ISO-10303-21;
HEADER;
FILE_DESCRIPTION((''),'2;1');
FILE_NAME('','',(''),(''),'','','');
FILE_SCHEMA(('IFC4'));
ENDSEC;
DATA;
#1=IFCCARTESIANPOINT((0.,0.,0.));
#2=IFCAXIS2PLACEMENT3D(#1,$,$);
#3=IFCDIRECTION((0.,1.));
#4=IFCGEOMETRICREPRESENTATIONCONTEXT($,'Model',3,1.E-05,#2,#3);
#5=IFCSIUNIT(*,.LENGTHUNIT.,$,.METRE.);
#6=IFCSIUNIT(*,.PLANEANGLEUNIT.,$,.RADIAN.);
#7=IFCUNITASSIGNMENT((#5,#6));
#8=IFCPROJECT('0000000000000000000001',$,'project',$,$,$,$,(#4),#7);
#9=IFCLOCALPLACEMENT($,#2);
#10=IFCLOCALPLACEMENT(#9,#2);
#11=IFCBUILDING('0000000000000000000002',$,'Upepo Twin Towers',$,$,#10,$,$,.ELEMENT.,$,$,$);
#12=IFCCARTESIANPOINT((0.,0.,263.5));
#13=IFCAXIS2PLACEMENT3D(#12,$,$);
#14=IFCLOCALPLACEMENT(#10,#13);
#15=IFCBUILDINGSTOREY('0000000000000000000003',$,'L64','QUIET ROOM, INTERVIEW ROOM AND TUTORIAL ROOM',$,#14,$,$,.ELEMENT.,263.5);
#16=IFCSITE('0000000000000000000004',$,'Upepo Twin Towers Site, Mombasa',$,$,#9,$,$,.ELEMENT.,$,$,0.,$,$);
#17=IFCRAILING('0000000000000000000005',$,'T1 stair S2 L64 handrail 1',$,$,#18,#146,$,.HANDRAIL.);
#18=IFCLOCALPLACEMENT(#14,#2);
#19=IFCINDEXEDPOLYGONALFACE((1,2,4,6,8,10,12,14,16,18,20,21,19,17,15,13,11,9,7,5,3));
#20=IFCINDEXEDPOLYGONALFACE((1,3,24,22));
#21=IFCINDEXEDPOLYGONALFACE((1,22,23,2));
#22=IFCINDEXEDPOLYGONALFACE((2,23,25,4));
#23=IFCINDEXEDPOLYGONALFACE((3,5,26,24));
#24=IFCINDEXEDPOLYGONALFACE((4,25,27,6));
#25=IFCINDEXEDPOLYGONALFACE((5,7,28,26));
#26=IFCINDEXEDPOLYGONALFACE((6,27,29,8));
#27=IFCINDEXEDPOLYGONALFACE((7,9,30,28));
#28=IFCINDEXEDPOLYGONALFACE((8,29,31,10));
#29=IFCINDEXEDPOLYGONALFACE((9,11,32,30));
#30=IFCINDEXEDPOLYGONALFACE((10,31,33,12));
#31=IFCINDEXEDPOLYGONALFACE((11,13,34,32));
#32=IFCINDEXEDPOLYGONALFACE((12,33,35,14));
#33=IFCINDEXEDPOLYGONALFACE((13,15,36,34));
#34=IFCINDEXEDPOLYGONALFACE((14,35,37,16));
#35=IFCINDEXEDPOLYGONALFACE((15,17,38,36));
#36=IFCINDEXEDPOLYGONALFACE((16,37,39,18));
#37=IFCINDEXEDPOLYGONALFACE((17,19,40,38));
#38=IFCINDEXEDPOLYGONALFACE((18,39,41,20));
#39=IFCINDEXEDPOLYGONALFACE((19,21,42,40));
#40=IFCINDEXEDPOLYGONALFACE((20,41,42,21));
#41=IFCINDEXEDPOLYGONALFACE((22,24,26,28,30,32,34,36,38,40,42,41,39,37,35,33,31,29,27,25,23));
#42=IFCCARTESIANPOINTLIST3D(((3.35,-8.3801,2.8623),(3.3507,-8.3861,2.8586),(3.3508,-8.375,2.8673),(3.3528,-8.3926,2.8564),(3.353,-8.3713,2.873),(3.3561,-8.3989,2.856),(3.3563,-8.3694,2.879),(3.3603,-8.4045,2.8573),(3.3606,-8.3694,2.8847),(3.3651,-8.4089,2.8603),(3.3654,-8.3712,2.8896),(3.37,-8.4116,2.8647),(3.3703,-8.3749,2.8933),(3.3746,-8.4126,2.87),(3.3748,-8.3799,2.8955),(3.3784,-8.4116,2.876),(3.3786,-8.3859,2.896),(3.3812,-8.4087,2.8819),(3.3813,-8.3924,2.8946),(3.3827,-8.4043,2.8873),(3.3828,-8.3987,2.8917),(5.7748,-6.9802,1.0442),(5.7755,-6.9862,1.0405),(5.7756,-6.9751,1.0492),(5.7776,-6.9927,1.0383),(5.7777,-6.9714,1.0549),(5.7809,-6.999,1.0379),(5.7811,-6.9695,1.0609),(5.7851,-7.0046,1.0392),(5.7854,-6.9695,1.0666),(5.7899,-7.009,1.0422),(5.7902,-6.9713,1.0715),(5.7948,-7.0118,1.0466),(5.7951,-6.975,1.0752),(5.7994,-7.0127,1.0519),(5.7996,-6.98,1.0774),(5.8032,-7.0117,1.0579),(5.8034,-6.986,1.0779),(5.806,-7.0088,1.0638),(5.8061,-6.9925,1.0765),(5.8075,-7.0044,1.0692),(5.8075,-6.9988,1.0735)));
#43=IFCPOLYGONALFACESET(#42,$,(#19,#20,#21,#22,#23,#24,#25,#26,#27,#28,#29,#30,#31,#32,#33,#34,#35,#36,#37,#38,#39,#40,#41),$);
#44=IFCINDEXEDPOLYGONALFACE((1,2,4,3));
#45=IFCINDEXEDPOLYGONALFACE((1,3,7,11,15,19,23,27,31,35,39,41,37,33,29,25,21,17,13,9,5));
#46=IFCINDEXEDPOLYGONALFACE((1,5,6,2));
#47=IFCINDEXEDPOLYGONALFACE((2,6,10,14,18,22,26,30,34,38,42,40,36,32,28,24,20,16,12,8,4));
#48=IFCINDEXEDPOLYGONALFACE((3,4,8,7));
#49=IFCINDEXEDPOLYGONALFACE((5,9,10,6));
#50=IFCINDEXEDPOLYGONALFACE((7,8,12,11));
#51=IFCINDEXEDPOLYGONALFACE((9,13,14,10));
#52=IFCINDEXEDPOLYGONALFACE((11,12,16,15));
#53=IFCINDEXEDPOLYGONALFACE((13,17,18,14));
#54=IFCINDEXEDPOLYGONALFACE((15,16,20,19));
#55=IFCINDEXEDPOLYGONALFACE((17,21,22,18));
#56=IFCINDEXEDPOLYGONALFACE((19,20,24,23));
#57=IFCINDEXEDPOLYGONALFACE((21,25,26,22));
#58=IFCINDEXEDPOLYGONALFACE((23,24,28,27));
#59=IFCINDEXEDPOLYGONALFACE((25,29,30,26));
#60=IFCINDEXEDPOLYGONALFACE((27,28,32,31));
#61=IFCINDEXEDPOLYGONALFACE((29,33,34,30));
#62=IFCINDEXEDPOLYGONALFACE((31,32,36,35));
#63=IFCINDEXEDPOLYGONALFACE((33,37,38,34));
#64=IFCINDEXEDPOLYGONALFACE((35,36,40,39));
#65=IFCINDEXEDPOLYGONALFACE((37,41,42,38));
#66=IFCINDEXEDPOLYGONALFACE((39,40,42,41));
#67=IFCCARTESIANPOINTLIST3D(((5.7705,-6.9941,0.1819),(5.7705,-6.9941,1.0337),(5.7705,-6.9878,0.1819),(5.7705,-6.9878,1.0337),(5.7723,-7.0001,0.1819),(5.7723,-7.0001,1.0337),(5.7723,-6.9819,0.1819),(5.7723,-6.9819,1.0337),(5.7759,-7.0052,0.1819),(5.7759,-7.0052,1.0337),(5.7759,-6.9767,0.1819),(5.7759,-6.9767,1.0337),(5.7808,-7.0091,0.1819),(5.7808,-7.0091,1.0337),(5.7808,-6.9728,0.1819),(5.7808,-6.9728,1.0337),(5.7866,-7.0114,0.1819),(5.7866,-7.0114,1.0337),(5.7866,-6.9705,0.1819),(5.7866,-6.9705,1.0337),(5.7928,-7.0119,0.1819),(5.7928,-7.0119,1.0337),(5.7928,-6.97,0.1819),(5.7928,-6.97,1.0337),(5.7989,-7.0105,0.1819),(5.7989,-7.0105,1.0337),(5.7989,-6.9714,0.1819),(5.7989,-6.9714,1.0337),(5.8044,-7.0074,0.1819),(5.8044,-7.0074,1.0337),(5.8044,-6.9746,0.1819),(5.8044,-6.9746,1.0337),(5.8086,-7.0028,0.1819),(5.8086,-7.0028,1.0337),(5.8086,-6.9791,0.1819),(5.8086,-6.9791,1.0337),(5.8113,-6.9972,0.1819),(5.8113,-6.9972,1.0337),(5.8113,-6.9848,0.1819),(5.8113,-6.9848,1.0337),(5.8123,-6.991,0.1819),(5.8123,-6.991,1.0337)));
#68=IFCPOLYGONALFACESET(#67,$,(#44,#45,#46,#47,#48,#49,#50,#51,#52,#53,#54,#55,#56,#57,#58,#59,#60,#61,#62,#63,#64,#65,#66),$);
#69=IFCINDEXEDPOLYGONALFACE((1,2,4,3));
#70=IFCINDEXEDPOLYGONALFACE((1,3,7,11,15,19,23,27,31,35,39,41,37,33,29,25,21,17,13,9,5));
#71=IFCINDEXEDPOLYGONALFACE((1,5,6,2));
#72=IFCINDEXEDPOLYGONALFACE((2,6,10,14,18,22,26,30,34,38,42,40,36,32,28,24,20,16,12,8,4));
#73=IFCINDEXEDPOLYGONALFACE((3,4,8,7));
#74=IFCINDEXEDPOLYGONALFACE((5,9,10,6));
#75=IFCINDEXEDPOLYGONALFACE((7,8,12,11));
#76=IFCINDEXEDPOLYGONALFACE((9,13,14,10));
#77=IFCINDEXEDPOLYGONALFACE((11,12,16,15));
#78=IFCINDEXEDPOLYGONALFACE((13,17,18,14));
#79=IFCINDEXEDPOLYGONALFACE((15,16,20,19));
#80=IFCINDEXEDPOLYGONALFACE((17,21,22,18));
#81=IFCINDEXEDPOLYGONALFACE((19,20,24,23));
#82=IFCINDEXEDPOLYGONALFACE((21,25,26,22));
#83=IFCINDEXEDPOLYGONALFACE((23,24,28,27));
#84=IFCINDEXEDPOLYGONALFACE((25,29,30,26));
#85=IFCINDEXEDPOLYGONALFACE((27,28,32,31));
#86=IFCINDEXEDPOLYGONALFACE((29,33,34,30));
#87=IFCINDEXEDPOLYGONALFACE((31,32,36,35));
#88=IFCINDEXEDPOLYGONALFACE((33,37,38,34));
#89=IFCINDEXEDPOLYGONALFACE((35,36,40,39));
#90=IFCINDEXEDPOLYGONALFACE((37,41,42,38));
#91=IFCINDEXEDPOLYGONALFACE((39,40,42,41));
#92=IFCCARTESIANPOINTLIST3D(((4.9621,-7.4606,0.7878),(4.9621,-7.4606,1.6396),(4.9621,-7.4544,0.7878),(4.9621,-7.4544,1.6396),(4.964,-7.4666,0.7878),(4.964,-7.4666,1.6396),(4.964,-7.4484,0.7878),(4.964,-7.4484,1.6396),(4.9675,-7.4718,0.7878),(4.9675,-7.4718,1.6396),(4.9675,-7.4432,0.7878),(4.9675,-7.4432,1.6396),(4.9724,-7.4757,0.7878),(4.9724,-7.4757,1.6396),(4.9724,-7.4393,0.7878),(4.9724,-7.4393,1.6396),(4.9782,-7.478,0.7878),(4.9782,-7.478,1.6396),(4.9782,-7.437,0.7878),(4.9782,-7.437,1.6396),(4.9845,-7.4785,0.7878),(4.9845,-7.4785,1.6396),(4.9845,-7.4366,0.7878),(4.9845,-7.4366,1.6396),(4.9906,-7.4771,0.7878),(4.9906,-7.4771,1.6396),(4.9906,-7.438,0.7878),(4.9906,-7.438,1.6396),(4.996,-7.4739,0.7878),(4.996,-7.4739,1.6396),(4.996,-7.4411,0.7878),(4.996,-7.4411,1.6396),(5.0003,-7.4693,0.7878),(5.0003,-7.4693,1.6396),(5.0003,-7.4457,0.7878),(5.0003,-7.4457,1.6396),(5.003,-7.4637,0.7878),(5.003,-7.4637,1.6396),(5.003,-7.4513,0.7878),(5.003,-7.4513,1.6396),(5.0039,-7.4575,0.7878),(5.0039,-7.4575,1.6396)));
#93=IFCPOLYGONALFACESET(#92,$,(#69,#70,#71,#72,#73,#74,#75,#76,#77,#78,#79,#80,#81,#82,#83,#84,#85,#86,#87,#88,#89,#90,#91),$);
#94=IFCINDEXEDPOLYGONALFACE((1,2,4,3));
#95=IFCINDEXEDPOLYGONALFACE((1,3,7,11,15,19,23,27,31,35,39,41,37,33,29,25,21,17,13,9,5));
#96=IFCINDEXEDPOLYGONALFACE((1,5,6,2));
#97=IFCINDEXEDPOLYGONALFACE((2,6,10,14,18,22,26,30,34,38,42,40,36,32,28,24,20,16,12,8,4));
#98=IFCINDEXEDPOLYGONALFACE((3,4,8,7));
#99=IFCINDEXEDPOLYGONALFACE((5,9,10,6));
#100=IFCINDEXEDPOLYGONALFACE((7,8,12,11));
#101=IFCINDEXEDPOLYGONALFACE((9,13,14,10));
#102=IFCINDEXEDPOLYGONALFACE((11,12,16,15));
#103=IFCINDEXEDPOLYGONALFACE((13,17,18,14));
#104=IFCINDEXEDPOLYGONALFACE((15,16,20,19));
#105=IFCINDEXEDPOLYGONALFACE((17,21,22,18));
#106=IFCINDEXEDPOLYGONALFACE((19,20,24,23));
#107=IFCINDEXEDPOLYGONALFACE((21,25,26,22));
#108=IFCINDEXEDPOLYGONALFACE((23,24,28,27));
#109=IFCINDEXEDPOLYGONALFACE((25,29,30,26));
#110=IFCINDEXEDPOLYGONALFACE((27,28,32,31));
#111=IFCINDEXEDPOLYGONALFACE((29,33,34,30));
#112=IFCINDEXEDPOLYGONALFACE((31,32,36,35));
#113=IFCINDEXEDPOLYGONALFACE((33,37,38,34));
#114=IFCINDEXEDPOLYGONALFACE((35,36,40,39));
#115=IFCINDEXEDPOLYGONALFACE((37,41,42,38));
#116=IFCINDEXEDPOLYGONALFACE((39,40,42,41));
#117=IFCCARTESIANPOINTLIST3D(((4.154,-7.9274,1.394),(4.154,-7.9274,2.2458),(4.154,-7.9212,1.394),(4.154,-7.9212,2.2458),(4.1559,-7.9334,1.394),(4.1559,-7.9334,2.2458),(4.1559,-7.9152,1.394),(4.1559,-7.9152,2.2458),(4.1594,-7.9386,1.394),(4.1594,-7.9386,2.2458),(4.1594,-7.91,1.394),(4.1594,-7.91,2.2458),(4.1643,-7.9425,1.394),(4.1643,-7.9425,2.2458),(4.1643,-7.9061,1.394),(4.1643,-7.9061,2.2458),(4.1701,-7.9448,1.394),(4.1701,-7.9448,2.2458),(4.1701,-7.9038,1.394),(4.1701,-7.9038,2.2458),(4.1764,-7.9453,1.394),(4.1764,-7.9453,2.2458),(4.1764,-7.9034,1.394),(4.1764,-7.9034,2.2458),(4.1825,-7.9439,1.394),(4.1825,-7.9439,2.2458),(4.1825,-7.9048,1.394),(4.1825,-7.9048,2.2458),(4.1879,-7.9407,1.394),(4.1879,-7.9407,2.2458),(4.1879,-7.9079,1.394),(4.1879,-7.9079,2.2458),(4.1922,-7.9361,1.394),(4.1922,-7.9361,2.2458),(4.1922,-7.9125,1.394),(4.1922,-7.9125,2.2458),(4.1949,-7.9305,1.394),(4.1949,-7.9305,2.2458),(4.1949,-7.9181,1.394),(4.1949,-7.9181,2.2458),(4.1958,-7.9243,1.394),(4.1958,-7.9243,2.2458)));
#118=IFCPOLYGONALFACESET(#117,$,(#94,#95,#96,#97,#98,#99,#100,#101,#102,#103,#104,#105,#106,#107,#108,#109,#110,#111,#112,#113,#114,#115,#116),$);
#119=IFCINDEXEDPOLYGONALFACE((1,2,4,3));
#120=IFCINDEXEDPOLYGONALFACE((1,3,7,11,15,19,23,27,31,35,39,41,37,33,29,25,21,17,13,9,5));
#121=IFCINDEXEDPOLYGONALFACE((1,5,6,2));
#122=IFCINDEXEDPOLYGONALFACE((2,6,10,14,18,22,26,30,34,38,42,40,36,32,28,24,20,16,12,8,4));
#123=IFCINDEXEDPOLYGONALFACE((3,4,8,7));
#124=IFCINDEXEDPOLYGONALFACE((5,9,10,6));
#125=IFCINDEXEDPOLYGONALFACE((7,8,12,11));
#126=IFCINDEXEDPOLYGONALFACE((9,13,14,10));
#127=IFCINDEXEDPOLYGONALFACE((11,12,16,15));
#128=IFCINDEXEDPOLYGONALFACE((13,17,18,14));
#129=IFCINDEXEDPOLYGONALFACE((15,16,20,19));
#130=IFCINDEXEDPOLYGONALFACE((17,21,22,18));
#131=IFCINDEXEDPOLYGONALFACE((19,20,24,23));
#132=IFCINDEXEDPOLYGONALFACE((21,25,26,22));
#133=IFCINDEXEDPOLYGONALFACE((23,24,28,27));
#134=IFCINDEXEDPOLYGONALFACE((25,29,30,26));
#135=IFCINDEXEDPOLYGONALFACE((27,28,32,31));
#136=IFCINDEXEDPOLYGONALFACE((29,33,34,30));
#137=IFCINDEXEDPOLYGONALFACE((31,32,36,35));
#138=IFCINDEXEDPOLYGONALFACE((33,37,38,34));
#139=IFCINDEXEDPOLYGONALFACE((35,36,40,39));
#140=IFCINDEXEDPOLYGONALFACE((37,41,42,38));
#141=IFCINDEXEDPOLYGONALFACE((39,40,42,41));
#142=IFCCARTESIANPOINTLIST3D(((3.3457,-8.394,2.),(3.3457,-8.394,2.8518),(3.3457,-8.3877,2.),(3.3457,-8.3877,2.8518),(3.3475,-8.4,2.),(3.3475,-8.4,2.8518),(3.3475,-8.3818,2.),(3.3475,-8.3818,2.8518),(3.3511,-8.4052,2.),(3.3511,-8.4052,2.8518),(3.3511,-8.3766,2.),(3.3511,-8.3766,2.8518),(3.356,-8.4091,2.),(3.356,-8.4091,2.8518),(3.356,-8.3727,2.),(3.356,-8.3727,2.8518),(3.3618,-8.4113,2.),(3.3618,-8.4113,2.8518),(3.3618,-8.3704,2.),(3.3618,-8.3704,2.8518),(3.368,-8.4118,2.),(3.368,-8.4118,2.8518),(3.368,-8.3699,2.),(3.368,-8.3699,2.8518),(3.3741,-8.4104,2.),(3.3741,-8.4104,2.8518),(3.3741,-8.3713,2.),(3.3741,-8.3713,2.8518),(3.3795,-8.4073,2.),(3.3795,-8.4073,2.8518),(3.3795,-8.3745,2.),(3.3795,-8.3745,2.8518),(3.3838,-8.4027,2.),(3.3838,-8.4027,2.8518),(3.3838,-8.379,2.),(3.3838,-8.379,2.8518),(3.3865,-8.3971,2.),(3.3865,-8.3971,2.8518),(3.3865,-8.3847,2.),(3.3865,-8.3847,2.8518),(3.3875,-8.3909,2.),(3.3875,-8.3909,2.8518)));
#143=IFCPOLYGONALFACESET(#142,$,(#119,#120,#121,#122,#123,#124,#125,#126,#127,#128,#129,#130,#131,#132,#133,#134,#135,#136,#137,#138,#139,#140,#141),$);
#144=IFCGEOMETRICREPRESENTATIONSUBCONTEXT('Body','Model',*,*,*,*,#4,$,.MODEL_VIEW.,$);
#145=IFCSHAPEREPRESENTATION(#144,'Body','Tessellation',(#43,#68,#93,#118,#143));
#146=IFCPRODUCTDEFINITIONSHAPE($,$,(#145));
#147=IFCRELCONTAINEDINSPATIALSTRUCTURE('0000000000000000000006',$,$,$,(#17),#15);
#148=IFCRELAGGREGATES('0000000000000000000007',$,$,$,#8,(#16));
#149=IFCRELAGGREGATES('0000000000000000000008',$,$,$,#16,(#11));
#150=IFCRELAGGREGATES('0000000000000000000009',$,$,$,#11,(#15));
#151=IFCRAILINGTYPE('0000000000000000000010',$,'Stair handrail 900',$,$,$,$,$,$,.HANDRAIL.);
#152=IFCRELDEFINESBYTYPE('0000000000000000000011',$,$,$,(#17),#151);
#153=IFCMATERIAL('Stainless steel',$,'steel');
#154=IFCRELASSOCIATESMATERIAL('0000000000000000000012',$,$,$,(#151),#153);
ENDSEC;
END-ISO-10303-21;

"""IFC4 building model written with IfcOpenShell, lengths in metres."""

from ifc_helpers import new_model, si_unit, direction, frame, origin, origin_2d, place, context, subcontext, project, spatial, circle, extrude, material, type_object, element, save


model = new_model("IFC4")

# Units and contexts
model_context = context("Model", 3, precision=1e-05, world=origin(), true_north=direction((0.0, 1.0)))
body_context = subcontext(model_context, "Body", "Model", "MODEL_VIEW")
ifc_project = project(units=[si_unit("LENGTHUNIT", "METRE"), si_unit("PLANEANGLEUNIT", "RADIAN")], contexts=[model_context])

# Site, building, storey
site_placement = place(None, origin())
site = spatial("IfcSite", under=ifc_project, at=site_placement, Name="Upepo Twin Towers Site, Mombasa", CompositionType="ELEMENT", RefElevation=0.0)
building_placement = place(site_placement, origin())
building = spatial("IfcBuilding", under=site, at=building_placement, Name="Upepo Twin Towers", CompositionType="ELEMENT")
storey_placement = place(building_placement, frame((0.0, 0.0, 263.5)))
storey = spatial("IfcBuildingStorey", under=building, at=storey_placement, Name="L64", Description="QUIET ROOM, INTERVIEW ROOM AND TUTORIAL ROOM", CompositionType="ELEMENT", Elevation=263.5)

# Railing
ifc_material_1 = material(Name="Stainless steel", Category="steel")
railing_type = type_object("IfcRailingType", Name="Stair handrail 900", PredefinedType="HANDRAIL", material=ifc_material_1)
railing_1_placement = place(storey_placement, frame((5.7913, -6.991, 0.1819)))
element("IfcRailing", 1, at=railing_1_placement, inside=storey, type_object=railing_type, Name="T1 stair S2 L64 handrail 1", PredefinedType="HANDRAIL", context=body_context, shape_type="SweptSolid", body=[
    extrude(circle(Radius=0.0239, at=origin_2d()), frame((0.0, 0.0, 0.876), z_axis=(-0.726336, -0.419333, 0.544606), x_axis=(0.499984, -0.866035, 0.0)), (0.0, 0.0, 1.0), 3.3384),
    extrude(circle(Radius=0.021, at=origin_2d()), origin(), (0.0, 0.0, 1.0), 0.8518),
    extrude(circle(Radius=0.021, at=origin_2d()), frame((-0.8083, -0.4666, 0.606)), (0.0, 0.0, 1.0), 0.8518),
    extrude(circle(Radius=0.021, at=origin_2d()), frame((-1.6165, -0.9333, 1.2122)), (0.0, 0.0, 1.0), 0.8518),
    extrude(circle(Radius=0.021, at=origin_2d()), frame((-2.4248, -1.3999, 1.8181)), (0.0, 0.0, 1.0), 0.8518),
])

save(model, "model.ifc")
